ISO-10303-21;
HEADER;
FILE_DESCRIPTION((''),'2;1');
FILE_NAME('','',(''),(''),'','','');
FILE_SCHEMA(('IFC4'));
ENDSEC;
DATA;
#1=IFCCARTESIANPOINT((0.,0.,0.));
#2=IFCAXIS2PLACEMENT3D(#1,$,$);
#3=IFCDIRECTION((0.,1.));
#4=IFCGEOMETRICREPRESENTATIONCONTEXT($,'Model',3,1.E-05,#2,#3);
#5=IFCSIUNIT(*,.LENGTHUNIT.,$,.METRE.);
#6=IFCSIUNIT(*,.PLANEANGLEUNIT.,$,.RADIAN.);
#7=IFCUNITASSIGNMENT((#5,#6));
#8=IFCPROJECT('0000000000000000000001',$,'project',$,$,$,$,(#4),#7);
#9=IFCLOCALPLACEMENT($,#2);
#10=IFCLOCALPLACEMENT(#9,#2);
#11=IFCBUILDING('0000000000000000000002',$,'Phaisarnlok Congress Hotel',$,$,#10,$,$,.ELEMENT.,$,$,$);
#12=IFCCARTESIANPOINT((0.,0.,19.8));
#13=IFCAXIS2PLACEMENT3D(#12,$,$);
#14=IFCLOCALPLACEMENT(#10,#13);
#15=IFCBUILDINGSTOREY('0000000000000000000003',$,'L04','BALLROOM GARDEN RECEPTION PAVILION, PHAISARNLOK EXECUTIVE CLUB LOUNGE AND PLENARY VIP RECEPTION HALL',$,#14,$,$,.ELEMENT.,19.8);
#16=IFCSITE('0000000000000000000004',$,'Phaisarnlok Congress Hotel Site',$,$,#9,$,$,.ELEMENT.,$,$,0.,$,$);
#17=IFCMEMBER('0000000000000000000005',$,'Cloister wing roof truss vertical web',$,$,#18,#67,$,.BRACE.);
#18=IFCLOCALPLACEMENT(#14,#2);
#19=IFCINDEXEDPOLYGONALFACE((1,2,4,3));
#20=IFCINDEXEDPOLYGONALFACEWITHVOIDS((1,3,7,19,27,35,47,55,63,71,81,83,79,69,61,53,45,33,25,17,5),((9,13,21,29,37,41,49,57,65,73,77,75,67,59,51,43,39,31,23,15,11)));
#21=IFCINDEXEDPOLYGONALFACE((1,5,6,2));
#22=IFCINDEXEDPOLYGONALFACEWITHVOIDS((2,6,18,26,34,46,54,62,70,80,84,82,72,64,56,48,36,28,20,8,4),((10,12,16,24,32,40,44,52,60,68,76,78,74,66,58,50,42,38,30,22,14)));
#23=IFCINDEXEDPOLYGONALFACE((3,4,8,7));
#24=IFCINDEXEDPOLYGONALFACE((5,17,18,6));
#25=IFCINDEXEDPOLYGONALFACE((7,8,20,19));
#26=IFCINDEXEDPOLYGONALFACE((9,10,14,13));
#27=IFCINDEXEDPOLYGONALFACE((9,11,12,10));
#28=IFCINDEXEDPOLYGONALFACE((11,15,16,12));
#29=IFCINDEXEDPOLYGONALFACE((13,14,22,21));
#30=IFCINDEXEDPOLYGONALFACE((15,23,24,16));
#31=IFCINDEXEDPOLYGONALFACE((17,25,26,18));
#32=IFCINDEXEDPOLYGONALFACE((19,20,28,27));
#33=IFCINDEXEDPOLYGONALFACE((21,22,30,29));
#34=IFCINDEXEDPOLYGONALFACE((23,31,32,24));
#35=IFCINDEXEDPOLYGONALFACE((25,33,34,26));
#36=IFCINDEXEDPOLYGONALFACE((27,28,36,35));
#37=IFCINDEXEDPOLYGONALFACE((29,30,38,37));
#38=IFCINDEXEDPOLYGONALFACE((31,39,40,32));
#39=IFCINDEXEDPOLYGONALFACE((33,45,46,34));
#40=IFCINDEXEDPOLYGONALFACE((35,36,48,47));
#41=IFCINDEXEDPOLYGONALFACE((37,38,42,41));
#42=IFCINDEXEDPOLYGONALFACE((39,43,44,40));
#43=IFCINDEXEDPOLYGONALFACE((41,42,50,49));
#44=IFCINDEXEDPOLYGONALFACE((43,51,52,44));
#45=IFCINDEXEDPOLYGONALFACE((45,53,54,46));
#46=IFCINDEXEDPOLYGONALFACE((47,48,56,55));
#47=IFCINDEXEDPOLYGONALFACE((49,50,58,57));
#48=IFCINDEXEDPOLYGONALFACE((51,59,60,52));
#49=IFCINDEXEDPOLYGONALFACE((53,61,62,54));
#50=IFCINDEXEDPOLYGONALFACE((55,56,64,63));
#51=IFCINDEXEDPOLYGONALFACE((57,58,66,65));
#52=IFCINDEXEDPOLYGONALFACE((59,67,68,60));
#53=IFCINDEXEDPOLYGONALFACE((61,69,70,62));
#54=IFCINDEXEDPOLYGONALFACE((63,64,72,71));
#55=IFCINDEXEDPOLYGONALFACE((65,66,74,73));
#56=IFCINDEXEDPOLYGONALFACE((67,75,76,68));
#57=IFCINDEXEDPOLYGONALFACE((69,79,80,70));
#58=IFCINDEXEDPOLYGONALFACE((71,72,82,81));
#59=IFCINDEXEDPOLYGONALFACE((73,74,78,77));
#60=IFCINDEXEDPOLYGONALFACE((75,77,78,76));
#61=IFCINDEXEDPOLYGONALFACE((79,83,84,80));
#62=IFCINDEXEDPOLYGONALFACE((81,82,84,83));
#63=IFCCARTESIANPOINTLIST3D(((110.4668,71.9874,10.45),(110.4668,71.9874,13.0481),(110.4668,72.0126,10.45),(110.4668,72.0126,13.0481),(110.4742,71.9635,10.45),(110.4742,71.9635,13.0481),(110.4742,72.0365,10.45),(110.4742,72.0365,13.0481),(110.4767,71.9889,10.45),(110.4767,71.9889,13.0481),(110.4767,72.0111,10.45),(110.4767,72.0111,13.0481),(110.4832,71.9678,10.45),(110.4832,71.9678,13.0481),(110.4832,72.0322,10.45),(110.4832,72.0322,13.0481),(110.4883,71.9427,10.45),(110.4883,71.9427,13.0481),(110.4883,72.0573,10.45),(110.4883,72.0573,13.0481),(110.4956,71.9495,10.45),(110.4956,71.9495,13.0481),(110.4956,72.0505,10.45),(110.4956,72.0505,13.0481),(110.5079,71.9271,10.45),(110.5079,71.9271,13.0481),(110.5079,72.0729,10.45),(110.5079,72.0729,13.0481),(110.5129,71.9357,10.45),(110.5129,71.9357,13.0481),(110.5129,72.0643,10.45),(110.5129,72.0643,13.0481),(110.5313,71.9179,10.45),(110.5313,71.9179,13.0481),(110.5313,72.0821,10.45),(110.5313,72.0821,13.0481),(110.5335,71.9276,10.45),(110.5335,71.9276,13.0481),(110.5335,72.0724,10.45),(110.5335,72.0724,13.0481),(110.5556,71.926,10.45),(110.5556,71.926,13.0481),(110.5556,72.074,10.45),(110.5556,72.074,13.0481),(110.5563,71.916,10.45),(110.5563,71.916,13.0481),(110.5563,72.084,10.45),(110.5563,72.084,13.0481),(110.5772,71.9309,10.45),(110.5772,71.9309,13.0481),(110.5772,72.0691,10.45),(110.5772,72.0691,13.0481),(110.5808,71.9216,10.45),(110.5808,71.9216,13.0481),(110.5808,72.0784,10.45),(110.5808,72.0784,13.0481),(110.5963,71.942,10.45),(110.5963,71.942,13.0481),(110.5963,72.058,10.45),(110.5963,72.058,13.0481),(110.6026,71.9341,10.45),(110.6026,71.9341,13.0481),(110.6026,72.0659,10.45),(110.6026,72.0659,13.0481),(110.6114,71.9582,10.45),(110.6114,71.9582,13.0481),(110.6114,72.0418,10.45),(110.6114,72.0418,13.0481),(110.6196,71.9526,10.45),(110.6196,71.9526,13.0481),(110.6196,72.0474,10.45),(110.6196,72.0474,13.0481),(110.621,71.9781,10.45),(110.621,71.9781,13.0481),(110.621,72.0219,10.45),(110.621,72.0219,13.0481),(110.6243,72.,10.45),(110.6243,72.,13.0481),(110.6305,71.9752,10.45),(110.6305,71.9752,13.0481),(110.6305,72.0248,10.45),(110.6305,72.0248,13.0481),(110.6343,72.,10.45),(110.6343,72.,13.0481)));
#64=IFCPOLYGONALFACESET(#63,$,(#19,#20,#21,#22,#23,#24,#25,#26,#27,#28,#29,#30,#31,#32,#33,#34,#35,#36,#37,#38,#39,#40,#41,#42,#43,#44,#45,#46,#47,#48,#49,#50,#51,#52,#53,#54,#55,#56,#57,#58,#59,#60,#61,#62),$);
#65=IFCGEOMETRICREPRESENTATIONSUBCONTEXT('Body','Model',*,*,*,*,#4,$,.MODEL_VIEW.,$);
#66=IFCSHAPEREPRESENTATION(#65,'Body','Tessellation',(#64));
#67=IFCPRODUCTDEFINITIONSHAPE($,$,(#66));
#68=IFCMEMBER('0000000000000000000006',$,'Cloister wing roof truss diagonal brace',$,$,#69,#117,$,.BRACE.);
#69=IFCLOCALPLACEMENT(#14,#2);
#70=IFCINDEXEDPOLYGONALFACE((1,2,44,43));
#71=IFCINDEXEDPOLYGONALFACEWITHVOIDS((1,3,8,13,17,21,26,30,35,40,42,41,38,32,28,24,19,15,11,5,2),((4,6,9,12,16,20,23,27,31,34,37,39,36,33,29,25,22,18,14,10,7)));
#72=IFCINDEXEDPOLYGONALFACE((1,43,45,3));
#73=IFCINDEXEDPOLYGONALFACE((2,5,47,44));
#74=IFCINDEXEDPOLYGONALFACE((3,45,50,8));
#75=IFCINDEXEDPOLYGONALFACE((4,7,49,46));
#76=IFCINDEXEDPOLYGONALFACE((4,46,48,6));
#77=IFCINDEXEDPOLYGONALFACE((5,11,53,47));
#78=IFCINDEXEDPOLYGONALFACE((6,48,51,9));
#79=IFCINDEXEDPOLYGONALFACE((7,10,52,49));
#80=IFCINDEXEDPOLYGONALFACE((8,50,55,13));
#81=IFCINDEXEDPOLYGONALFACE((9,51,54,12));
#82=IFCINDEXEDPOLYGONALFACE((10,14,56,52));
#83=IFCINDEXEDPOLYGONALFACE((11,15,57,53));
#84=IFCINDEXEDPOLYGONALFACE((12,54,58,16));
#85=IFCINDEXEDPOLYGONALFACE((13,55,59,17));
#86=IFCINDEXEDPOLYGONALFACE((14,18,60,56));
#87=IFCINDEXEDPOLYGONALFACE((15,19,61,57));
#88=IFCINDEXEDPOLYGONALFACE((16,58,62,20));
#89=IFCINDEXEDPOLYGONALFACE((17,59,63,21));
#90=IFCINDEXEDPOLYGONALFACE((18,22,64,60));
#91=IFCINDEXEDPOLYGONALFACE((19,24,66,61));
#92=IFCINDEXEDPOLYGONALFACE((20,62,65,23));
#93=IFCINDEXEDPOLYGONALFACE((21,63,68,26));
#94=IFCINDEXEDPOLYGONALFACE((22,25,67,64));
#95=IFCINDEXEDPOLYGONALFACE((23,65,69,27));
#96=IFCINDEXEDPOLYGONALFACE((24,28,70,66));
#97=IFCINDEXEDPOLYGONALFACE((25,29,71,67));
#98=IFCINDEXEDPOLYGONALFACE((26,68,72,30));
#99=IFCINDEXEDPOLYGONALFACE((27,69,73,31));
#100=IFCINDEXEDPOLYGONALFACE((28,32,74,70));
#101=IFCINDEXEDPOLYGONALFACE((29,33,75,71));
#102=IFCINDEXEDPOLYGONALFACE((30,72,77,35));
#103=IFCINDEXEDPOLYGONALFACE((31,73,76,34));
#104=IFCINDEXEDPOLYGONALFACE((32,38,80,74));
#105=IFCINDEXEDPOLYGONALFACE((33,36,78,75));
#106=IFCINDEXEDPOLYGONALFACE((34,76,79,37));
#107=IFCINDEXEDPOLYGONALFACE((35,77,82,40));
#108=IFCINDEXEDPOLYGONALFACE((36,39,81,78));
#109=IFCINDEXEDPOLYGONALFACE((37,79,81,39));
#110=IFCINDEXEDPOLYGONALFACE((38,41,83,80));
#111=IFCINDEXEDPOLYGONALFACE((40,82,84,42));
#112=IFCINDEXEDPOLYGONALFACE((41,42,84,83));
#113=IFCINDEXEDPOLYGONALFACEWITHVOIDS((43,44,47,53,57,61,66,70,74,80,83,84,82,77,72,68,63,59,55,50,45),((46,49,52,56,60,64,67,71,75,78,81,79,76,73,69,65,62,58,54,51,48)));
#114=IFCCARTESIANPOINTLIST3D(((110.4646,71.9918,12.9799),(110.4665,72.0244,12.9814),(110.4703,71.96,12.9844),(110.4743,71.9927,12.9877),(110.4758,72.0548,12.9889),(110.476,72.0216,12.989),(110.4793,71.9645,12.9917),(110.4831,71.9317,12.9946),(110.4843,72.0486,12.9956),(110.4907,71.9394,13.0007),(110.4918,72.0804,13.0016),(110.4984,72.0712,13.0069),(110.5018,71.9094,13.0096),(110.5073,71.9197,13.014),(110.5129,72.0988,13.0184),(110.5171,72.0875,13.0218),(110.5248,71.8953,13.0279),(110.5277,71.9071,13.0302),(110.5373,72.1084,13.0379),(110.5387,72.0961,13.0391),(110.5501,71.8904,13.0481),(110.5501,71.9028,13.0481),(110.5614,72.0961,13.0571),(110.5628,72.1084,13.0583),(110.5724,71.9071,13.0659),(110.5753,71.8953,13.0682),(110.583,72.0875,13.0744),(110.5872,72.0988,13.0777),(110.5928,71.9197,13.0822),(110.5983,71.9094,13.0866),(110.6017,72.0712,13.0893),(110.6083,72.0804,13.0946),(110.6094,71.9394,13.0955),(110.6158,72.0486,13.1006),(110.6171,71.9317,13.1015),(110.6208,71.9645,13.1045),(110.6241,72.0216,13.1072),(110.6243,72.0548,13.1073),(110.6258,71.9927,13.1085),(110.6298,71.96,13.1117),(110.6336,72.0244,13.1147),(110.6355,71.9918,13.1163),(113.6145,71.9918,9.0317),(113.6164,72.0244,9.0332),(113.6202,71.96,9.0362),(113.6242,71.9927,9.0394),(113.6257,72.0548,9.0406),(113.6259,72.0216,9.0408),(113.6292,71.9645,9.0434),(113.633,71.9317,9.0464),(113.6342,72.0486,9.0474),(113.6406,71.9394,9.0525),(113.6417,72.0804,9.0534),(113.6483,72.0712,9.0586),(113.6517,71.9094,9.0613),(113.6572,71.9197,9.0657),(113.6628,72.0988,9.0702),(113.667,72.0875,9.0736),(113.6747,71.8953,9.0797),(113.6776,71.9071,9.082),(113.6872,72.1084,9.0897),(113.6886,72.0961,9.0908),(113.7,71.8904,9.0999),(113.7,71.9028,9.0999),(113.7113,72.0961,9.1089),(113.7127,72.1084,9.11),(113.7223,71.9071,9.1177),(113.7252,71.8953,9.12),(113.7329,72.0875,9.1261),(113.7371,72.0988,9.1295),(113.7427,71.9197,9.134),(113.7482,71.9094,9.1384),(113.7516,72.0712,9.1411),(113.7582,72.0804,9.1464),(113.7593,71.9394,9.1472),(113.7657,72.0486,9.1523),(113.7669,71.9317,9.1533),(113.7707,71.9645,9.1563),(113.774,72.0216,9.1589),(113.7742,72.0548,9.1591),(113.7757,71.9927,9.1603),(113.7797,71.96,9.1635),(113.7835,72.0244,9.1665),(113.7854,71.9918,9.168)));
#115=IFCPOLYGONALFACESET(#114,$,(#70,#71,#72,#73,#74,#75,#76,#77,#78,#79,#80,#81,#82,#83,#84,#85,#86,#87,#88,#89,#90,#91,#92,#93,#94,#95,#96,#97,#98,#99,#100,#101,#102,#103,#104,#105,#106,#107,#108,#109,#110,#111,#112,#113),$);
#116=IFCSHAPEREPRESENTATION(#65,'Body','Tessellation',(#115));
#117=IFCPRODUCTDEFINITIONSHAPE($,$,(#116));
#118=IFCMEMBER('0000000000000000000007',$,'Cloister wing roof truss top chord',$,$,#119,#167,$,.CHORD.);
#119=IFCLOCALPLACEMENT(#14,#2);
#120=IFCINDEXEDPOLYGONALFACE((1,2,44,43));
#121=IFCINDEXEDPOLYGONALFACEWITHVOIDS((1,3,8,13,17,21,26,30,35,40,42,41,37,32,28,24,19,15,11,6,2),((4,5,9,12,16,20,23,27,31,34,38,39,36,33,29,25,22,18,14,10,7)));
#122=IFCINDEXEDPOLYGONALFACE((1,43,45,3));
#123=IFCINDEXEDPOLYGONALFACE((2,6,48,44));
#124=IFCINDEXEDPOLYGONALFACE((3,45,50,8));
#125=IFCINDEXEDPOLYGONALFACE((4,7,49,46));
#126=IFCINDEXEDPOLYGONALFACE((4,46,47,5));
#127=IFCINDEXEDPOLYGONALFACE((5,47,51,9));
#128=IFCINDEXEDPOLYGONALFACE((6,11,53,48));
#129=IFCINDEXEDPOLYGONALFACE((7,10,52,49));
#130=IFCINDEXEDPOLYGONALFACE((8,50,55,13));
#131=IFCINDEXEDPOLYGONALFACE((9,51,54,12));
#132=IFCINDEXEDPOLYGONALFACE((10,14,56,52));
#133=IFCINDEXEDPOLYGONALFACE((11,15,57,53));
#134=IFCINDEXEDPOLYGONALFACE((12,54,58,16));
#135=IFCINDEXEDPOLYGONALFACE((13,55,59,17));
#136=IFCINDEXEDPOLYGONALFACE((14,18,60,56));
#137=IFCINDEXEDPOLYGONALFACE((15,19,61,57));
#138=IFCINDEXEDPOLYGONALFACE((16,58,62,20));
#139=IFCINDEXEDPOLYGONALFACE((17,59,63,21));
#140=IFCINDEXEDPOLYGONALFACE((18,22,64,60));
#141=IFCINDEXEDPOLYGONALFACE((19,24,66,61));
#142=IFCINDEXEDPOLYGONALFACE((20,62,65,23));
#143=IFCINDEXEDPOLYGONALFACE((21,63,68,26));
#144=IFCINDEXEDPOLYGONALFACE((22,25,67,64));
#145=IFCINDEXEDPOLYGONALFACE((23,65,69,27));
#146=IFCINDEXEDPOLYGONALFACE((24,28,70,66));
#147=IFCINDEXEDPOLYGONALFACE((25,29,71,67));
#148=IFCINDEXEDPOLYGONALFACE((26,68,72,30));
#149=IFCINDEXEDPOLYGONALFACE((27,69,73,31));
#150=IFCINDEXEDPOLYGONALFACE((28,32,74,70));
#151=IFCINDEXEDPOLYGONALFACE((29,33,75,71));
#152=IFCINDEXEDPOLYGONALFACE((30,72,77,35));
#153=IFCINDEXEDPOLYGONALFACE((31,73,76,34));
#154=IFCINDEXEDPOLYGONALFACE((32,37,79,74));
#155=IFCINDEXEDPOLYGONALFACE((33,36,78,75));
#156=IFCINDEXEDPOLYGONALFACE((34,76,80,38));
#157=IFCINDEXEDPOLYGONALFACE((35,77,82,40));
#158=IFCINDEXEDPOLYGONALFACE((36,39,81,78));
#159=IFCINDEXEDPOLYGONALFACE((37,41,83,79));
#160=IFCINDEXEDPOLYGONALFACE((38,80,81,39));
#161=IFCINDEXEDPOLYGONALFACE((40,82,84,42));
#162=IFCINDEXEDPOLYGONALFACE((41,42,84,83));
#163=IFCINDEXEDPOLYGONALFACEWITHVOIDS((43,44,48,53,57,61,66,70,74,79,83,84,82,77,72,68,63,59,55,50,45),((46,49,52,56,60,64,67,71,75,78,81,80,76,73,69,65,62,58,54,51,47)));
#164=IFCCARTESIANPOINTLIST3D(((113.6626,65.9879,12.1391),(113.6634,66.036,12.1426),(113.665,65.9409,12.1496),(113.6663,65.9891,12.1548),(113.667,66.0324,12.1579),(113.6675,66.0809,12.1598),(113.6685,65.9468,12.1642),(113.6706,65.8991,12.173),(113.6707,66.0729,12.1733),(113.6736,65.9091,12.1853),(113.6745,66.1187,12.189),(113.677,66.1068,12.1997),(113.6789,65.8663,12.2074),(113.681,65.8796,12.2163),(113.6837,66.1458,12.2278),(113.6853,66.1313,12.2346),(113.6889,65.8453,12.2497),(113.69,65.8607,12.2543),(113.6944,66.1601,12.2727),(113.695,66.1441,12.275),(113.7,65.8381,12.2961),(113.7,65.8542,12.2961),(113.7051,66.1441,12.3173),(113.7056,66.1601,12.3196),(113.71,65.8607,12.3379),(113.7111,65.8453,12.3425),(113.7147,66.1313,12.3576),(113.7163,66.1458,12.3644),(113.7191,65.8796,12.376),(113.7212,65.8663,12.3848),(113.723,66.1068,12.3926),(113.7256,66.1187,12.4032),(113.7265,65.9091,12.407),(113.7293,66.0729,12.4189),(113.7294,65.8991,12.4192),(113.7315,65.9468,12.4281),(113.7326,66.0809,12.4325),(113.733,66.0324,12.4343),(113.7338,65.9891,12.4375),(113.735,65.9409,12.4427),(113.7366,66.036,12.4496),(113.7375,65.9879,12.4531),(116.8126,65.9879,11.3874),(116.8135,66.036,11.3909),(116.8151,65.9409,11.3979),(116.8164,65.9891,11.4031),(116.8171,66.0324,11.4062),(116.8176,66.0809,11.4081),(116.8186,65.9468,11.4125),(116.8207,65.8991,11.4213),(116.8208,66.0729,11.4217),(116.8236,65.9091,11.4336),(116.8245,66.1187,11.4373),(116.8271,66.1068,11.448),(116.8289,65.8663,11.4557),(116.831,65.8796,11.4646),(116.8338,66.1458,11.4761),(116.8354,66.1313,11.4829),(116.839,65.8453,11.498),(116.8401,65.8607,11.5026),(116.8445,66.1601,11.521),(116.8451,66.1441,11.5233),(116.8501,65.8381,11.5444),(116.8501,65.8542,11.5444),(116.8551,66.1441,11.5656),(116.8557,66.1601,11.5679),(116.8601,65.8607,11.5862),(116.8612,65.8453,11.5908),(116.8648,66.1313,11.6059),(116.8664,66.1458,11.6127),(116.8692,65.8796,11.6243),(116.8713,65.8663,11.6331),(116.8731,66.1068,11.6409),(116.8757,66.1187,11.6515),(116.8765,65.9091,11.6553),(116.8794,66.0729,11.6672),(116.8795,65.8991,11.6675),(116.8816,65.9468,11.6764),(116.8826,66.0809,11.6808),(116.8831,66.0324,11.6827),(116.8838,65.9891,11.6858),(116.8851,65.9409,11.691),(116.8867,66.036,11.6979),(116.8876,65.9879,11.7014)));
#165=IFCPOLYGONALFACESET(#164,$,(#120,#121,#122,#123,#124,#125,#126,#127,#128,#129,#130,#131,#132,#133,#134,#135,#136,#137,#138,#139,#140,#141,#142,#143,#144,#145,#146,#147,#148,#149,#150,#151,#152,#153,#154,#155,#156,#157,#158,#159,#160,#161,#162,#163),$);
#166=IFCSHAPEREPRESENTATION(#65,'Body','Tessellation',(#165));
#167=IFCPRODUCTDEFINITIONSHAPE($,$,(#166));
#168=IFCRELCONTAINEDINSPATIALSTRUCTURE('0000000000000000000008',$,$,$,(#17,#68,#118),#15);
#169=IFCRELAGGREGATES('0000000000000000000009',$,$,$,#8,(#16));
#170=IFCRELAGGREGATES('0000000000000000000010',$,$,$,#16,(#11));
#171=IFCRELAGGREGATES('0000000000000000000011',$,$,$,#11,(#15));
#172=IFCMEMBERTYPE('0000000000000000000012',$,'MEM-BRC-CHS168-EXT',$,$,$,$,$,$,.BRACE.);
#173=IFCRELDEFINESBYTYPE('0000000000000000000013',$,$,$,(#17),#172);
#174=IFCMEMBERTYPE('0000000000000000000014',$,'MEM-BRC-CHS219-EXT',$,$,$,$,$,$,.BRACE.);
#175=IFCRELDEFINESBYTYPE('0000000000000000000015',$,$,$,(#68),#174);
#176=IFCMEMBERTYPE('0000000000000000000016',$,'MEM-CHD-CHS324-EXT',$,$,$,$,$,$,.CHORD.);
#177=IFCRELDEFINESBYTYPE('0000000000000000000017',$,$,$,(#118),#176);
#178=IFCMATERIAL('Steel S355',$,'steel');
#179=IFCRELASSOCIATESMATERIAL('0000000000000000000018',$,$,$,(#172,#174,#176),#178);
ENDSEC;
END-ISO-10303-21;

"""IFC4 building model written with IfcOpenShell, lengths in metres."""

from ifc_helpers import new_model, si_unit, direction, frame, origin, origin_2d, place, context, subcontext, project, spatial, hollow_circle, extrude, material, material_profile, profile_set, type_object, element, save


model = new_model("IFC4")

# Units and contexts
model_context = context("Model", 3, precision=1e-05, world=origin(), true_north=direction((0.0, 1.0)))
body_context = subcontext(model_context, "Body", "Model", "MODEL_VIEW")
ifc_project = project(units=[si_unit("LENGTHUNIT", "METRE"), si_unit("PLANEANGLEUNIT", "RADIAN")], contexts=[model_context])

# Site, building, storey
site_placement = place(None, origin())
site = spatial("IfcSite", under=ifc_project, at=site_placement, Name="Phaisarnlok Congress Hotel Site", CompositionType="ELEMENT", RefElevation=0.0)
building_placement = place(site_placement, origin())
building = spatial("IfcBuilding", under=site, at=building_placement, Name="Phaisarnlok Congress Hotel", CompositionType="ELEMENT")
storey_placement = place(building_placement, frame((0.0, 0.0, 19.8)))
storey = spatial("IfcBuildingStorey", under=building, at=storey_placement, Name="L04", Description="BALLROOM GARDEN RECEPTION PAVILION, PHAISARNLOK EXECUTIVE CLUB LOUNGE AND PLENARY VIP RECEPTION HALL", CompositionType="ELEMENT", Elevation=19.8)

# Shared definitions
ifc_material_1 = material(Name="Steel S355", Category="steel")

# Members
ifc_material_profile_1 = material_profile(ifc_material_1, hollow_circle(Radius=0.0842, WallThickness=0.01, at=origin_2d()), Name="CHS 168.3x10")
ifc_profile_set_1 = profile_set([ifc_material_profile_1], Name="Steel S355")
member_type_1 = type_object("IfcMemberType", Name="MEM-BRC-CHS168-EXT", PredefinedType="BRACE", material=ifc_profile_set_1)
member_1_placement = place(storey_placement, frame((110.55, 72.0, 10.45), z_axis=(0.0, 0.0, 1.0), x_axis=(1.0, 0.0, 0.0)))
element("IfcMember", 1, at=member_1_placement, inside=storey, type_object=member_type_1, Name="Cloister wing roof truss vertical web", PredefinedType="BRACE", context=body_context, shape_type="SweptSolid", body=[
    extrude(hollow_circle(Radius=0.0842, WallThickness=0.01, at=origin_2d()), origin(), (0.0, 0.0, 1.0), 2.5981),
])
ifc_material_profile_2 = material_profile(ifc_material_1, hollow_circle(Radius=0.1096, WallThickness=0.0125, at=origin_2d()), Name="CHS 219.1x12.5")
ifc_profile_set_2 = profile_set([ifc_material_profile_2], Name="Steel S355")
member_type_2 = type_object("IfcMemberType", Name="MEM-BRC-CHS219-EXT", PredefinedType="BRACE", material=ifc_profile_set_2)
member_2_placement = place(storey_placement, frame((113.7, 72.0, 9.0999), z_axis=(-0.623645, 0.0, 0.781708), x_axis=(0.0, -1.0, 0.0)))
element("IfcMember", 2, at=member_2_placement, inside=storey, type_object=member_type_2, Name="Cloister wing roof truss diagonal brace", PredefinedType="BRACE", context=body_context, shape_type="SweptSolid", body=[
    extrude(hollow_circle(Radius=0.1096, WallThickness=0.0125, at=origin_2d()), origin(), (0.0, 0.0, 1.0), 5.0508),
])
ifc_material_profile_3 = material_profile(ifc_material_1, hollow_circle(Radius=0.1619, WallThickness=0.0161, at=origin_2d()), Name="CHS 323.9x16")
ifc_profile_set_3 = profile_set([ifc_material_profile_3], Name="Steel S355")
member_type_3 = type_object("IfcMemberType", Name="MEM-CHD-CHS324-EXT", PredefinedType="CHORD", material=ifc_profile_set_3)
for number, where, z_axis, x_axis, name in (
    (3, (116.8501, 66.0, 11.5444), (-0.97269, 0.0, 0.23211), (0.0, -1.0, 0.0), "Cloister wing roof truss top chord"),
):
    element("IfcMember", number, at=place(storey_placement, frame(where, z_axis=z_axis, x_axis=x_axis)), inside=storey, type_object=member_type_3, Name=name, PredefinedType="CHORD", context=body_context, shape_type="SweptSolid", body=[
        extrude(hollow_circle(Radius=0.1619, WallThickness=0.0161, at=origin_2d()), origin(), (0.0, 0.0, 1.0), 3.2385),
    ])

save(model, "model.ifc")
